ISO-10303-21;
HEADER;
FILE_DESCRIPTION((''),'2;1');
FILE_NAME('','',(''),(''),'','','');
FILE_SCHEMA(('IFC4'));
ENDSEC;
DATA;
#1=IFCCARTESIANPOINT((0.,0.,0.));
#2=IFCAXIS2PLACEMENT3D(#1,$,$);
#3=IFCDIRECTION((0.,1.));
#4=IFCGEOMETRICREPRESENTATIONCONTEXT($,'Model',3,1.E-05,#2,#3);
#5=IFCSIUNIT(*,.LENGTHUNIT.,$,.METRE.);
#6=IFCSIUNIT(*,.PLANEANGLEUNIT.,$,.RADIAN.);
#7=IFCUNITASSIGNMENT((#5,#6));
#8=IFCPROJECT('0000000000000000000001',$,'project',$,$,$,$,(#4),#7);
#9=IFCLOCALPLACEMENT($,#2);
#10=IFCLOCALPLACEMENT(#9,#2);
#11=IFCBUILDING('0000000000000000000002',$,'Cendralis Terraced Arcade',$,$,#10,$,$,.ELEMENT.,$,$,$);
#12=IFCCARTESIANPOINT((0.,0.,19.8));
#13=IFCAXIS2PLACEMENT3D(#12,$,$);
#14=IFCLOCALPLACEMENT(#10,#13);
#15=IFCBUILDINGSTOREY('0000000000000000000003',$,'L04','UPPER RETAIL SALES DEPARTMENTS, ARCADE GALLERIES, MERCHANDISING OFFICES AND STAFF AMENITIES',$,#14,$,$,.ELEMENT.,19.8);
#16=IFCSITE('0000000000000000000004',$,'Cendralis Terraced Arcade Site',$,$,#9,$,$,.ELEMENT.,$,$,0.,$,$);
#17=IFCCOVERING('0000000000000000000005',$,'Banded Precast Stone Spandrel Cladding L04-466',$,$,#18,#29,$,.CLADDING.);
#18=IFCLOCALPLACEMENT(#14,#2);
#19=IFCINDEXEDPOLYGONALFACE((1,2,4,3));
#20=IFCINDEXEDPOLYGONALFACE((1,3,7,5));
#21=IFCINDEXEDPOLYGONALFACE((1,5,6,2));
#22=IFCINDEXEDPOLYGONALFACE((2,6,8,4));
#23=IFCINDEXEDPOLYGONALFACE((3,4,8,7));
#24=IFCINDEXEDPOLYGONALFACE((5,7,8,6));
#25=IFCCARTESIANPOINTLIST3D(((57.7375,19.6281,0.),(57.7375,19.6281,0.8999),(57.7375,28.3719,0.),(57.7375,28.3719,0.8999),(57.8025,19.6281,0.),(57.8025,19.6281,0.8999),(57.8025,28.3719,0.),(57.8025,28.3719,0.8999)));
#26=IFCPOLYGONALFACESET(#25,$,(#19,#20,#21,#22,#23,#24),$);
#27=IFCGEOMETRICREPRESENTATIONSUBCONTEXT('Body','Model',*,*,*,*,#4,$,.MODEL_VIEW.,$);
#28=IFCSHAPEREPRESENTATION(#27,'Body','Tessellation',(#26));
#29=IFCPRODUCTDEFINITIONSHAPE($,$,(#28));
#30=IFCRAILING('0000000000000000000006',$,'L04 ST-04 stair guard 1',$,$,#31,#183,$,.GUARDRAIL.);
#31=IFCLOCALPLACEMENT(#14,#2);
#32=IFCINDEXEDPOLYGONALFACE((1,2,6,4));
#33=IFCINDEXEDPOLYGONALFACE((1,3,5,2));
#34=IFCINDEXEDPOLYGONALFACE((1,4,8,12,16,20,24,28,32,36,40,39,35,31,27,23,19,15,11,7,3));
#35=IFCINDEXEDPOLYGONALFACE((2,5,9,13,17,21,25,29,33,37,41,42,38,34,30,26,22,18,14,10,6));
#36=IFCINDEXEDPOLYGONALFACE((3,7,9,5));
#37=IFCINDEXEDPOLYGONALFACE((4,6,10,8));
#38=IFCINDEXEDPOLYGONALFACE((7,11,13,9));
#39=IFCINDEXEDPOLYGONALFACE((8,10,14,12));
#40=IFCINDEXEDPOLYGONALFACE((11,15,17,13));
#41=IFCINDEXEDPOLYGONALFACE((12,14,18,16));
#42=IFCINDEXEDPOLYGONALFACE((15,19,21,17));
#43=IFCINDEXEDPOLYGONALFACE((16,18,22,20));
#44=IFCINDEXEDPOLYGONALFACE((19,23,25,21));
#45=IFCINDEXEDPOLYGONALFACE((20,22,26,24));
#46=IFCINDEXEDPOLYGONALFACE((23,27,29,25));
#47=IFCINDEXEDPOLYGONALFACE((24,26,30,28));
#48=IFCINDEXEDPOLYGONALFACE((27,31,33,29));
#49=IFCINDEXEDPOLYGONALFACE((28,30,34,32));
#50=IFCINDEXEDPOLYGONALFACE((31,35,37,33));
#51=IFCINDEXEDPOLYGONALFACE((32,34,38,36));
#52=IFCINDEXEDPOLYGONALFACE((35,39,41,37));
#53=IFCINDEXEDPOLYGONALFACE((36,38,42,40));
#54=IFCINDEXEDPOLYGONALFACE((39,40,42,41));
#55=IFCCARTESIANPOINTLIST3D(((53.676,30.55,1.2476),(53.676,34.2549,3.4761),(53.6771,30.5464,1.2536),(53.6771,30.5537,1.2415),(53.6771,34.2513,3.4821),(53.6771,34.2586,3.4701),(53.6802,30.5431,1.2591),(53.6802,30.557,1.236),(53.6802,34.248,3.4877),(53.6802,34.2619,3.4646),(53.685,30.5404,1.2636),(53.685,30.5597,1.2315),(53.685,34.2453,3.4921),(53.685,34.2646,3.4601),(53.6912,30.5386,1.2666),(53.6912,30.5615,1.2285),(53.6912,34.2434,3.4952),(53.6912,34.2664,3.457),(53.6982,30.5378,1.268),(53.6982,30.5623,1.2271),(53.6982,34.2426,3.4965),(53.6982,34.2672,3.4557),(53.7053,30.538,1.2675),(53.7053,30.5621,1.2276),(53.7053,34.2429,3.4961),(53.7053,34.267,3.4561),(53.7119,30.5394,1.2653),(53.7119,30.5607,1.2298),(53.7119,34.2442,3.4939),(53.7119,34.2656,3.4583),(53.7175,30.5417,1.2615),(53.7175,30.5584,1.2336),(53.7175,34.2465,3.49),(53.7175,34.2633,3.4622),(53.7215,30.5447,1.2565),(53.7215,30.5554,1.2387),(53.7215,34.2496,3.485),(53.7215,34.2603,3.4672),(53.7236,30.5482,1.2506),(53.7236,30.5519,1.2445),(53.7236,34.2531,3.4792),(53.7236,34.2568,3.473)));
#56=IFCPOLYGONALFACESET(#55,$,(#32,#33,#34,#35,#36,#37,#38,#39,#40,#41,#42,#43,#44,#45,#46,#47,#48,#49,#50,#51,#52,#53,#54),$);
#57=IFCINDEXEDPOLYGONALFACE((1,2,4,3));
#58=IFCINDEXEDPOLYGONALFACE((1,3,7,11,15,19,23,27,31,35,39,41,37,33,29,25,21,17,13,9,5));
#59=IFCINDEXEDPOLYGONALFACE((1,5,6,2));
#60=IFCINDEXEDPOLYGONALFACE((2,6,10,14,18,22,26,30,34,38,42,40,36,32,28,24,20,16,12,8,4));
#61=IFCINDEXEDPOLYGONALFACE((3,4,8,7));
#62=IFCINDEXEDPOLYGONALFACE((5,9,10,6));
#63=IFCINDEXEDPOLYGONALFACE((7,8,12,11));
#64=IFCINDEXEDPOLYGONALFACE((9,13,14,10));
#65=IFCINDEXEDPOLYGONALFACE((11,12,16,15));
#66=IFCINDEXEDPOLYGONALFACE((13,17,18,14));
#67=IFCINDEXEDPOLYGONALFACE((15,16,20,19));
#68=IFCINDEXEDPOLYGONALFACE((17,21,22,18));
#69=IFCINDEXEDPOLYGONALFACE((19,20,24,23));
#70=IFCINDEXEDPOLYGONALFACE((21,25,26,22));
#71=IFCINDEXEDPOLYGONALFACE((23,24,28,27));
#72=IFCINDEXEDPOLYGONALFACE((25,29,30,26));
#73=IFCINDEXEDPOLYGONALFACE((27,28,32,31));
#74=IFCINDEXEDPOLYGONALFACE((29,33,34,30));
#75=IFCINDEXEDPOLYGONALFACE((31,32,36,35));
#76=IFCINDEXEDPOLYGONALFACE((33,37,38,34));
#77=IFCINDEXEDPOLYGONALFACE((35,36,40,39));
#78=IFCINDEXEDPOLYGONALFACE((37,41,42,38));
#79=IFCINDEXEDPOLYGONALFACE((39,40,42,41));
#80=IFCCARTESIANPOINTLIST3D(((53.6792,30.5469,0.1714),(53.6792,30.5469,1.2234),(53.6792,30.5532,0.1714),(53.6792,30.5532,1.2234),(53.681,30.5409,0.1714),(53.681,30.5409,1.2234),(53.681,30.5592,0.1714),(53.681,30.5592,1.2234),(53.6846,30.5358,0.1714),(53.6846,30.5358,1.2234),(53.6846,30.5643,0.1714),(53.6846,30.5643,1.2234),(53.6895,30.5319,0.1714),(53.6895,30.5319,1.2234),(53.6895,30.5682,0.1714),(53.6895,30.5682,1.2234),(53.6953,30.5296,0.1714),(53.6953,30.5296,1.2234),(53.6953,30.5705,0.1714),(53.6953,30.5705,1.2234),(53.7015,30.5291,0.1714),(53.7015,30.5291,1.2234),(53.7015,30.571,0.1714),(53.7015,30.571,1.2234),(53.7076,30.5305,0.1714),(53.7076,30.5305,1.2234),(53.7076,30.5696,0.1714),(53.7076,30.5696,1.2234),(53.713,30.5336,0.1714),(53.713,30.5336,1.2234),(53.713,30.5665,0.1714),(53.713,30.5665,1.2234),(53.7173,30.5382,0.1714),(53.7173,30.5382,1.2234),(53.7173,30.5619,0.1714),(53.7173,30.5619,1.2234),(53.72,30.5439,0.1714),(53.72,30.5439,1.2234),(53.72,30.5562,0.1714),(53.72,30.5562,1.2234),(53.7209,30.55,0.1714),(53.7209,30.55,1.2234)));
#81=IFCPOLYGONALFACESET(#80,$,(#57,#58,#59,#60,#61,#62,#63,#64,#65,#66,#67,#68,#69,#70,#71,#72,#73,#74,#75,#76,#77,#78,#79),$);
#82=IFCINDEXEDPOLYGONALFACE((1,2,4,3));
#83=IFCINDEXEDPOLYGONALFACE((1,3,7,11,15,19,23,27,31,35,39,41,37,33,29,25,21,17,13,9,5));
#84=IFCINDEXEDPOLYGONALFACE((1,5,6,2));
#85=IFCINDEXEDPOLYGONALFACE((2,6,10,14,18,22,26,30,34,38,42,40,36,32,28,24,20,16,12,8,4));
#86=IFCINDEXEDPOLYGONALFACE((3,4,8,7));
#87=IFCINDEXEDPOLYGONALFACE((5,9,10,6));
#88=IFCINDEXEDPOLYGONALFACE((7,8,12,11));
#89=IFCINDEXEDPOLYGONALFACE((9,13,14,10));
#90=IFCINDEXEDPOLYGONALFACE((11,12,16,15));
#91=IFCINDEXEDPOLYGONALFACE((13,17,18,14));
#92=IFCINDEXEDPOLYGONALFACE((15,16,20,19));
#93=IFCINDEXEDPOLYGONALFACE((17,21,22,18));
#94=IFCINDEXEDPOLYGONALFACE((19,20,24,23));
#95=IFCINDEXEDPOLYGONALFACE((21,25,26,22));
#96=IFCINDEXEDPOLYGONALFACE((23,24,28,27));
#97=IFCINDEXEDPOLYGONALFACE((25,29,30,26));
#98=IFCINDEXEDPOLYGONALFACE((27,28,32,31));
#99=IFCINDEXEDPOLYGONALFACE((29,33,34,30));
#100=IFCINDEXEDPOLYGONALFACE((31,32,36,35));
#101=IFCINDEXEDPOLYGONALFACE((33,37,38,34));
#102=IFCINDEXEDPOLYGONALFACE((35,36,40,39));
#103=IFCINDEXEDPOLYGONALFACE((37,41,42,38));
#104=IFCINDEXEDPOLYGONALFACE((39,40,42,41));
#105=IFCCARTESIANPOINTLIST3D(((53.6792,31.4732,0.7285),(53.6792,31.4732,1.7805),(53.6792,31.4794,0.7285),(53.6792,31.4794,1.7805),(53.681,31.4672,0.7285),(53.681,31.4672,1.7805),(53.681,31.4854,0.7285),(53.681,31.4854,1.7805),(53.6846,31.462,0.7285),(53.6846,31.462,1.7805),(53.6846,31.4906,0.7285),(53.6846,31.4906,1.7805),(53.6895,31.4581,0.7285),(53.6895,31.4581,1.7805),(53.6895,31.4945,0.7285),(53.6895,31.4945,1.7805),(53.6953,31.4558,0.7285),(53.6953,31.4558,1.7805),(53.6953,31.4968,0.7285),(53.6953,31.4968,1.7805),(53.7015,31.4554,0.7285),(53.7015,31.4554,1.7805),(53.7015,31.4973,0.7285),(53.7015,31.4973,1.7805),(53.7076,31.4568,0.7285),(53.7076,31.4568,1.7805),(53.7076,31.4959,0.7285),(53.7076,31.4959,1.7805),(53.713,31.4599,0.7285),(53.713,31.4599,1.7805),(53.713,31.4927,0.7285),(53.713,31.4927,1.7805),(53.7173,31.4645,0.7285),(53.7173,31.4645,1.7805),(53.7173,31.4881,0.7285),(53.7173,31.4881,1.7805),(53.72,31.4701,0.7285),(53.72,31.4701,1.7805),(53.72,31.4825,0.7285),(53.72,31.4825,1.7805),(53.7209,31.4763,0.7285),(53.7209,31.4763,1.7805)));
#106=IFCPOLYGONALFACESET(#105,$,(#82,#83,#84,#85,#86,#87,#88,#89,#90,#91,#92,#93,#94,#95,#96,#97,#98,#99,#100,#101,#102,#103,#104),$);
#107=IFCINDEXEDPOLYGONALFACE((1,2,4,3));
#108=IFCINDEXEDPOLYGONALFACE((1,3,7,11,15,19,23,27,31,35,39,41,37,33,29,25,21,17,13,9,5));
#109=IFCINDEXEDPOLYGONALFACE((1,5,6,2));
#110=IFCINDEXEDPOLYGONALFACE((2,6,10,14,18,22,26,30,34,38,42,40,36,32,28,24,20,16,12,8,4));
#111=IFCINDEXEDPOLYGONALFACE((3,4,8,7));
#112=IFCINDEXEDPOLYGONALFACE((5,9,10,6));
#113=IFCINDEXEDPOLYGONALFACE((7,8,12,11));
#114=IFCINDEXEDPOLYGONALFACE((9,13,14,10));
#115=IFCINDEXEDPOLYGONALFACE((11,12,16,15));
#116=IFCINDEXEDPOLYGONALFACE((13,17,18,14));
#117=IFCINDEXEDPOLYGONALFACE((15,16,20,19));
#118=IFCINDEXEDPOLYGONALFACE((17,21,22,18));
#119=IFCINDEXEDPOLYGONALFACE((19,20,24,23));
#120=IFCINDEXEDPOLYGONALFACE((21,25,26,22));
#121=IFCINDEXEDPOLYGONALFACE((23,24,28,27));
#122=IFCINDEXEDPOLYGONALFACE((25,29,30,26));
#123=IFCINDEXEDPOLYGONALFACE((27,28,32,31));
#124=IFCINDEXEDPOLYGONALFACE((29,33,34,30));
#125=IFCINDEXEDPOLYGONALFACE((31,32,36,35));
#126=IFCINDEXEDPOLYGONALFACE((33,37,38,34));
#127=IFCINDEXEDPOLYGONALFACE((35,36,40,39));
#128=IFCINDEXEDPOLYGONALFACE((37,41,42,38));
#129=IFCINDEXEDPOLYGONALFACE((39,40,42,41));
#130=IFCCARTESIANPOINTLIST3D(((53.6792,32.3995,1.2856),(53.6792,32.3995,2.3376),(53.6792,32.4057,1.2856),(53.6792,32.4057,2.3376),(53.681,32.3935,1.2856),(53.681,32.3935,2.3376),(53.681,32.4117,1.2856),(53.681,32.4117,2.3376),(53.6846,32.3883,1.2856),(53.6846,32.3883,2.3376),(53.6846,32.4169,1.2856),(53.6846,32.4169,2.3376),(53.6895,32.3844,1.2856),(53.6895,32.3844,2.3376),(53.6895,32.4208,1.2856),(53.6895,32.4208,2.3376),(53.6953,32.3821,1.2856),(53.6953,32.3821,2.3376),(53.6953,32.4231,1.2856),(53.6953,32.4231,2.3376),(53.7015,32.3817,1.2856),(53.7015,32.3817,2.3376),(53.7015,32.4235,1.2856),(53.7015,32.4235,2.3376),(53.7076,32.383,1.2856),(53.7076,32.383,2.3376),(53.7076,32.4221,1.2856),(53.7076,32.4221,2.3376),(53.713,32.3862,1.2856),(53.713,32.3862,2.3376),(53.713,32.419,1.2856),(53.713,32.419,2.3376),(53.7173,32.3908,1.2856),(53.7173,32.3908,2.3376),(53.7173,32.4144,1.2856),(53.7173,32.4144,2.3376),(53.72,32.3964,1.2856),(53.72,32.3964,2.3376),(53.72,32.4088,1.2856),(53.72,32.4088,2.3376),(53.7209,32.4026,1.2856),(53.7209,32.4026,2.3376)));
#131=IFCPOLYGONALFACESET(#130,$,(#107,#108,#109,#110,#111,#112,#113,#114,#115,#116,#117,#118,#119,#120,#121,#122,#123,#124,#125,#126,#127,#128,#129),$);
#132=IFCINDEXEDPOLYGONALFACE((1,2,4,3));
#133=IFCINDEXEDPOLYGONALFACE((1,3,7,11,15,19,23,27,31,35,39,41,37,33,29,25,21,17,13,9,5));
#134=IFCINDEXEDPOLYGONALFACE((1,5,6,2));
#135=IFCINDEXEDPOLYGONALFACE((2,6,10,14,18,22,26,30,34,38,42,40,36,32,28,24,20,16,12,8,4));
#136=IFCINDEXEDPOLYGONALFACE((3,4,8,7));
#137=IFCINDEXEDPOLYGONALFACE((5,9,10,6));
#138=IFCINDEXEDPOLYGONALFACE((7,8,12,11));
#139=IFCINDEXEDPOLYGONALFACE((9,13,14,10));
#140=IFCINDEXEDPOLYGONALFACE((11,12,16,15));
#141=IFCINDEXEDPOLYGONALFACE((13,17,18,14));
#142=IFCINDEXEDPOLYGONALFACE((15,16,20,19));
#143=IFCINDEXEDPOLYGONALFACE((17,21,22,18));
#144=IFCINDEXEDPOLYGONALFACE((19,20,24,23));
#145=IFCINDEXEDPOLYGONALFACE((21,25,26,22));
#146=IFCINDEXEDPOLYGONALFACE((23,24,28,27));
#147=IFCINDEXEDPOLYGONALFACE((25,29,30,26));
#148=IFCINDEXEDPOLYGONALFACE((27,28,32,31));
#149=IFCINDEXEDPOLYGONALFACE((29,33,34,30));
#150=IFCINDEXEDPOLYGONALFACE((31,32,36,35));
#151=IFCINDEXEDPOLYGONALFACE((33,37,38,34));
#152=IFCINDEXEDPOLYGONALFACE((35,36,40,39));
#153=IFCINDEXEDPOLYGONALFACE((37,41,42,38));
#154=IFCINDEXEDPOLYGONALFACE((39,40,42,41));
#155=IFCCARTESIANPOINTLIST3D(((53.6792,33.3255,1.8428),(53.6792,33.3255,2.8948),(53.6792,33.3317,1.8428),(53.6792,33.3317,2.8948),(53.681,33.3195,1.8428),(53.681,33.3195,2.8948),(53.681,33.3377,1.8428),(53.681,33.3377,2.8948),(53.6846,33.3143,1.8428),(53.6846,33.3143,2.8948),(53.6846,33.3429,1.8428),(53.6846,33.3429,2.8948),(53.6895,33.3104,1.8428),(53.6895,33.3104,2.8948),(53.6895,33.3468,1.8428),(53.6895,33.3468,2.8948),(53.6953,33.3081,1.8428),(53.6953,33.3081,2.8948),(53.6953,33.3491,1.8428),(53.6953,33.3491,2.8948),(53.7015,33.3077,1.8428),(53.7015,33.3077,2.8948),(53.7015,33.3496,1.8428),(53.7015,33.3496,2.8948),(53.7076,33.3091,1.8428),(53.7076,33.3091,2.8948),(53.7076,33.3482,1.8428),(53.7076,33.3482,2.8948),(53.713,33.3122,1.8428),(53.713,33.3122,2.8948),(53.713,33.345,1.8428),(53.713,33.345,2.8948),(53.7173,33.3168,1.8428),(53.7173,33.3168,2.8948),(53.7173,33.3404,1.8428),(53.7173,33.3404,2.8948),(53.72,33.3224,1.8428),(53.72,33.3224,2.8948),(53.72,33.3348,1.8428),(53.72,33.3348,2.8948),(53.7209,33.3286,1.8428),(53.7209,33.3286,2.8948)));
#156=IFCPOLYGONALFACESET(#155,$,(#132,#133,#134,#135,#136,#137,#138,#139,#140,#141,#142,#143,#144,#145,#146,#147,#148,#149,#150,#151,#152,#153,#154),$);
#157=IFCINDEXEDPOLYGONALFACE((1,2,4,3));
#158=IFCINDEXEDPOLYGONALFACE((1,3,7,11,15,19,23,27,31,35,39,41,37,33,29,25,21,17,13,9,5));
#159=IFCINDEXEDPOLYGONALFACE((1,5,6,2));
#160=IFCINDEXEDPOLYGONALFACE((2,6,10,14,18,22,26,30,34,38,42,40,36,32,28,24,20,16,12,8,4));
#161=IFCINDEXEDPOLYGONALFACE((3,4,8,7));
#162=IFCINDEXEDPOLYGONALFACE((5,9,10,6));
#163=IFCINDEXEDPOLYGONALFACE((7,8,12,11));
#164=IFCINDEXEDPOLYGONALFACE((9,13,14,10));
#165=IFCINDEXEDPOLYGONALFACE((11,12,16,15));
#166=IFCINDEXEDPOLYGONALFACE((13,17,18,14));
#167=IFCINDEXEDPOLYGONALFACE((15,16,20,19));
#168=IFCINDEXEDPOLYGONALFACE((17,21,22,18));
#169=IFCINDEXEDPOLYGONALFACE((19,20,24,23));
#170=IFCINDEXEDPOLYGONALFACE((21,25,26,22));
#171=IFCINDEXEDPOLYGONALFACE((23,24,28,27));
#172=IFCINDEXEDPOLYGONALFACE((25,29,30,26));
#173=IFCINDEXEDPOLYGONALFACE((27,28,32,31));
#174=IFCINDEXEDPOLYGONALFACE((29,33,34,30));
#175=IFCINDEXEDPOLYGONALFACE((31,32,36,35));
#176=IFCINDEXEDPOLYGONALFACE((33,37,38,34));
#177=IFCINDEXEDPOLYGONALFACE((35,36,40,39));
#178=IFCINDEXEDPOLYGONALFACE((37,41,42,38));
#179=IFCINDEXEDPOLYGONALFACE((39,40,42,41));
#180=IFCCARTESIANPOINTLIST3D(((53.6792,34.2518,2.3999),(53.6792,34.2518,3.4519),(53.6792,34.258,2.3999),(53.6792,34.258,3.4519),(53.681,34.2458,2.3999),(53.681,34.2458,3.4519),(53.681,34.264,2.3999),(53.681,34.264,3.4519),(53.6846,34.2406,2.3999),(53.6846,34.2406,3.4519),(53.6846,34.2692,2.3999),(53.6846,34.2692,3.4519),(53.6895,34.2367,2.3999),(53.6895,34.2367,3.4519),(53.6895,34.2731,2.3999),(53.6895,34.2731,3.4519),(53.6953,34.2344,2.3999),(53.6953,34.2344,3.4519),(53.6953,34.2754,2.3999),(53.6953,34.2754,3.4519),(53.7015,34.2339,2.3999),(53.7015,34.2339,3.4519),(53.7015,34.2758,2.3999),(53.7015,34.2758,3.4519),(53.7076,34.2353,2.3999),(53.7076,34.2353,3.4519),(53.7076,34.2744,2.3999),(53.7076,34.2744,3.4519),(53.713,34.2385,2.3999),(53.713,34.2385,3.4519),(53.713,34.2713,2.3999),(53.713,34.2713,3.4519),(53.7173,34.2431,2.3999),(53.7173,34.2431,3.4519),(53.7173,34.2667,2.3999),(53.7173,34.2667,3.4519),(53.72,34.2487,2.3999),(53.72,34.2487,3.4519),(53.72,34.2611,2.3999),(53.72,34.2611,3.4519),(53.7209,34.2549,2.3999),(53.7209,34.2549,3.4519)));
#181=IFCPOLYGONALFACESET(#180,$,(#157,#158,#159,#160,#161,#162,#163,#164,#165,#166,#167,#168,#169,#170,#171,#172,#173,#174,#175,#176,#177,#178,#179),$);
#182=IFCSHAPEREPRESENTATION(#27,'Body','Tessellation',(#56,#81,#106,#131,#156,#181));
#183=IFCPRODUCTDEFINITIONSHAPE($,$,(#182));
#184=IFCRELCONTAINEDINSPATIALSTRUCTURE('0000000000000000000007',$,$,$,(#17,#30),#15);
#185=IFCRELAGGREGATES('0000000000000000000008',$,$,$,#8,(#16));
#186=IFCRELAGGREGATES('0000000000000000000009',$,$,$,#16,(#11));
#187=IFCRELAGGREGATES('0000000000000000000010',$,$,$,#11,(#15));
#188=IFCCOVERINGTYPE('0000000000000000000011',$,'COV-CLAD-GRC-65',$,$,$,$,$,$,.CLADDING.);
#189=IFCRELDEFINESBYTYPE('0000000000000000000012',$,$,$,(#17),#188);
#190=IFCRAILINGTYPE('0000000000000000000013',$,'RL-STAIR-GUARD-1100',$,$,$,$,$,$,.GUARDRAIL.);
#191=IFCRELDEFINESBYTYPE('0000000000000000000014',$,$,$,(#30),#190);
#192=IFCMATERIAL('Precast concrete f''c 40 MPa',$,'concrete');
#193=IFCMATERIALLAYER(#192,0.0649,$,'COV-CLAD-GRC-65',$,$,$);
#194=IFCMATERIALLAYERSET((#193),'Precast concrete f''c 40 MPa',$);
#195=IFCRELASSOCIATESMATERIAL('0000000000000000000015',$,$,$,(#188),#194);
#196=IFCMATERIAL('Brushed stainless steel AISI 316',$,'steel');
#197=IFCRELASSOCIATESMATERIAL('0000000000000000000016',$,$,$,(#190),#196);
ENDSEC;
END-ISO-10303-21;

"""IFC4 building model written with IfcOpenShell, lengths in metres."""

from ifc_helpers import new_model, si_unit, direction, frame, origin, origin_2d, place, context, subcontext, project, spatial, rectangle, circle, extrude, material, layer, layer_set, type_object, element, save


model = new_model("IFC4")

# Units and contexts
model_context = context("Model", 3, precision=1e-05, world=origin(), true_north=direction((0.0, 1.0)))
body_context = subcontext(model_context, "Body", "Model", "MODEL_VIEW")
ifc_project = project(units=[si_unit("LENGTHUNIT", "METRE"), si_unit("PLANEANGLEUNIT", "RADIAN")], contexts=[model_context])

# Site, building, storey
site_placement = place(None, origin())
site = spatial("IfcSite", under=ifc_project, at=site_placement, Name="Cendralis Terraced Arcade Site", CompositionType="ELEMENT", RefElevation=0.0)
building_placement = place(site_placement, origin())
building = spatial("IfcBuilding", under=site, at=building_placement, Name="Cendralis Terraced Arcade", CompositionType="ELEMENT")
storey_placement = place(building_placement, frame((0.0, 0.0, 19.8)))
storey = spatial("IfcBuildingStorey", under=building, at=storey_placement, Name="L04", Description="UPPER RETAIL SALES DEPARTMENTS, ARCADE GALLERIES, MERCHANDISING OFFICES AND STAFF AMENITIES", CompositionType="ELEMENT", Elevation=19.8)

# Shared definitions
ifc_material_1 = material(Name="Precast concrete f'c 40 MPa", Category="concrete")

# Covering
ifc_layer_1 = layer(ifc_material_1, 0.0649, Name="COV-CLAD-GRC-65")
ifc_layer_set_1 = layer_set([ifc_layer_1], Name="Precast concrete f'c 40 MPa")
covering_type = type_object("IfcCoveringType", Name="COV-CLAD-GRC-65", PredefinedType="CLADDING", material=ifc_layer_set_1)
covering_placement = place(storey_placement, frame((57.77, 24.0, 0.0), z_axis=(0.0, 0.0, 1.0), x_axis=(0.0, -1.0, 0.0)))
element("IfcCovering", 1, at=covering_placement, inside=storey, type_object=covering_type, Name="Banded Precast Stone Spandrel Cladding L04-466", PredefinedType="CLADDING", context=body_context, shape_type="SweptSolid", body=[
    extrude(rectangle(XDim=8.7439, YDim=0.0649, at=origin_2d()), origin(), (0.0, 0.0, 1.0), 0.8999),
])

# Railing
ifc_material_2 = material(Name="Brushed stainless steel AISI 316", Category="steel")
railing_type = type_object("IfcRailingType", Name="RL-STAIR-GUARD-1100", PredefinedType="GUARDRAIL", material=ifc_material_2)
railing_1_placement = place(storey_placement, frame((53.7, 30.55, 0.1714)))
element("IfcRailing", 2, at=railing_1_placement, inside=storey, type_object=railing_type, Name="L04 ST-04 stair guard 1", PredefinedType="GUARDRAIL", context=body_context, shape_type="SweptSolid", body=[
    extrude(circle(Radius=0.0239, at=origin_2d()), frame((0.0, 0.0, 1.0762), z_axis=(0.0, 0.856919, 0.51545), x_axis=(-1.0, 0.0, 0.0)), (0.0, 0.0, 1.0), 4.3235),
    extrude(circle(Radius=0.021, at=origin_2d()), origin(), (0.0, 0.0, 1.0), 1.052),
    extrude(circle(Radius=0.021, at=origin_2d()), frame((0.0, 0.9263, 0.5571)), (0.0, 0.0, 1.0), 1.052),
    extrude(circle(Radius=0.021, at=origin_2d()), frame((0.0, 1.8525, 1.1143)), (0.0, 0.0, 1.0), 1.052),
    extrude(circle(Radius=0.021, at=origin_2d()), frame((0.0, 2.7786, 1.6714)), (0.0, 0.0, 1.0), 1.052),
    extrude(circle(Radius=0.021, at=origin_2d()), frame((0.0, 3.7048, 2.2285)), (0.0, 0.0, 1.0), 1.052),
])

save(model, "model.ifc")
